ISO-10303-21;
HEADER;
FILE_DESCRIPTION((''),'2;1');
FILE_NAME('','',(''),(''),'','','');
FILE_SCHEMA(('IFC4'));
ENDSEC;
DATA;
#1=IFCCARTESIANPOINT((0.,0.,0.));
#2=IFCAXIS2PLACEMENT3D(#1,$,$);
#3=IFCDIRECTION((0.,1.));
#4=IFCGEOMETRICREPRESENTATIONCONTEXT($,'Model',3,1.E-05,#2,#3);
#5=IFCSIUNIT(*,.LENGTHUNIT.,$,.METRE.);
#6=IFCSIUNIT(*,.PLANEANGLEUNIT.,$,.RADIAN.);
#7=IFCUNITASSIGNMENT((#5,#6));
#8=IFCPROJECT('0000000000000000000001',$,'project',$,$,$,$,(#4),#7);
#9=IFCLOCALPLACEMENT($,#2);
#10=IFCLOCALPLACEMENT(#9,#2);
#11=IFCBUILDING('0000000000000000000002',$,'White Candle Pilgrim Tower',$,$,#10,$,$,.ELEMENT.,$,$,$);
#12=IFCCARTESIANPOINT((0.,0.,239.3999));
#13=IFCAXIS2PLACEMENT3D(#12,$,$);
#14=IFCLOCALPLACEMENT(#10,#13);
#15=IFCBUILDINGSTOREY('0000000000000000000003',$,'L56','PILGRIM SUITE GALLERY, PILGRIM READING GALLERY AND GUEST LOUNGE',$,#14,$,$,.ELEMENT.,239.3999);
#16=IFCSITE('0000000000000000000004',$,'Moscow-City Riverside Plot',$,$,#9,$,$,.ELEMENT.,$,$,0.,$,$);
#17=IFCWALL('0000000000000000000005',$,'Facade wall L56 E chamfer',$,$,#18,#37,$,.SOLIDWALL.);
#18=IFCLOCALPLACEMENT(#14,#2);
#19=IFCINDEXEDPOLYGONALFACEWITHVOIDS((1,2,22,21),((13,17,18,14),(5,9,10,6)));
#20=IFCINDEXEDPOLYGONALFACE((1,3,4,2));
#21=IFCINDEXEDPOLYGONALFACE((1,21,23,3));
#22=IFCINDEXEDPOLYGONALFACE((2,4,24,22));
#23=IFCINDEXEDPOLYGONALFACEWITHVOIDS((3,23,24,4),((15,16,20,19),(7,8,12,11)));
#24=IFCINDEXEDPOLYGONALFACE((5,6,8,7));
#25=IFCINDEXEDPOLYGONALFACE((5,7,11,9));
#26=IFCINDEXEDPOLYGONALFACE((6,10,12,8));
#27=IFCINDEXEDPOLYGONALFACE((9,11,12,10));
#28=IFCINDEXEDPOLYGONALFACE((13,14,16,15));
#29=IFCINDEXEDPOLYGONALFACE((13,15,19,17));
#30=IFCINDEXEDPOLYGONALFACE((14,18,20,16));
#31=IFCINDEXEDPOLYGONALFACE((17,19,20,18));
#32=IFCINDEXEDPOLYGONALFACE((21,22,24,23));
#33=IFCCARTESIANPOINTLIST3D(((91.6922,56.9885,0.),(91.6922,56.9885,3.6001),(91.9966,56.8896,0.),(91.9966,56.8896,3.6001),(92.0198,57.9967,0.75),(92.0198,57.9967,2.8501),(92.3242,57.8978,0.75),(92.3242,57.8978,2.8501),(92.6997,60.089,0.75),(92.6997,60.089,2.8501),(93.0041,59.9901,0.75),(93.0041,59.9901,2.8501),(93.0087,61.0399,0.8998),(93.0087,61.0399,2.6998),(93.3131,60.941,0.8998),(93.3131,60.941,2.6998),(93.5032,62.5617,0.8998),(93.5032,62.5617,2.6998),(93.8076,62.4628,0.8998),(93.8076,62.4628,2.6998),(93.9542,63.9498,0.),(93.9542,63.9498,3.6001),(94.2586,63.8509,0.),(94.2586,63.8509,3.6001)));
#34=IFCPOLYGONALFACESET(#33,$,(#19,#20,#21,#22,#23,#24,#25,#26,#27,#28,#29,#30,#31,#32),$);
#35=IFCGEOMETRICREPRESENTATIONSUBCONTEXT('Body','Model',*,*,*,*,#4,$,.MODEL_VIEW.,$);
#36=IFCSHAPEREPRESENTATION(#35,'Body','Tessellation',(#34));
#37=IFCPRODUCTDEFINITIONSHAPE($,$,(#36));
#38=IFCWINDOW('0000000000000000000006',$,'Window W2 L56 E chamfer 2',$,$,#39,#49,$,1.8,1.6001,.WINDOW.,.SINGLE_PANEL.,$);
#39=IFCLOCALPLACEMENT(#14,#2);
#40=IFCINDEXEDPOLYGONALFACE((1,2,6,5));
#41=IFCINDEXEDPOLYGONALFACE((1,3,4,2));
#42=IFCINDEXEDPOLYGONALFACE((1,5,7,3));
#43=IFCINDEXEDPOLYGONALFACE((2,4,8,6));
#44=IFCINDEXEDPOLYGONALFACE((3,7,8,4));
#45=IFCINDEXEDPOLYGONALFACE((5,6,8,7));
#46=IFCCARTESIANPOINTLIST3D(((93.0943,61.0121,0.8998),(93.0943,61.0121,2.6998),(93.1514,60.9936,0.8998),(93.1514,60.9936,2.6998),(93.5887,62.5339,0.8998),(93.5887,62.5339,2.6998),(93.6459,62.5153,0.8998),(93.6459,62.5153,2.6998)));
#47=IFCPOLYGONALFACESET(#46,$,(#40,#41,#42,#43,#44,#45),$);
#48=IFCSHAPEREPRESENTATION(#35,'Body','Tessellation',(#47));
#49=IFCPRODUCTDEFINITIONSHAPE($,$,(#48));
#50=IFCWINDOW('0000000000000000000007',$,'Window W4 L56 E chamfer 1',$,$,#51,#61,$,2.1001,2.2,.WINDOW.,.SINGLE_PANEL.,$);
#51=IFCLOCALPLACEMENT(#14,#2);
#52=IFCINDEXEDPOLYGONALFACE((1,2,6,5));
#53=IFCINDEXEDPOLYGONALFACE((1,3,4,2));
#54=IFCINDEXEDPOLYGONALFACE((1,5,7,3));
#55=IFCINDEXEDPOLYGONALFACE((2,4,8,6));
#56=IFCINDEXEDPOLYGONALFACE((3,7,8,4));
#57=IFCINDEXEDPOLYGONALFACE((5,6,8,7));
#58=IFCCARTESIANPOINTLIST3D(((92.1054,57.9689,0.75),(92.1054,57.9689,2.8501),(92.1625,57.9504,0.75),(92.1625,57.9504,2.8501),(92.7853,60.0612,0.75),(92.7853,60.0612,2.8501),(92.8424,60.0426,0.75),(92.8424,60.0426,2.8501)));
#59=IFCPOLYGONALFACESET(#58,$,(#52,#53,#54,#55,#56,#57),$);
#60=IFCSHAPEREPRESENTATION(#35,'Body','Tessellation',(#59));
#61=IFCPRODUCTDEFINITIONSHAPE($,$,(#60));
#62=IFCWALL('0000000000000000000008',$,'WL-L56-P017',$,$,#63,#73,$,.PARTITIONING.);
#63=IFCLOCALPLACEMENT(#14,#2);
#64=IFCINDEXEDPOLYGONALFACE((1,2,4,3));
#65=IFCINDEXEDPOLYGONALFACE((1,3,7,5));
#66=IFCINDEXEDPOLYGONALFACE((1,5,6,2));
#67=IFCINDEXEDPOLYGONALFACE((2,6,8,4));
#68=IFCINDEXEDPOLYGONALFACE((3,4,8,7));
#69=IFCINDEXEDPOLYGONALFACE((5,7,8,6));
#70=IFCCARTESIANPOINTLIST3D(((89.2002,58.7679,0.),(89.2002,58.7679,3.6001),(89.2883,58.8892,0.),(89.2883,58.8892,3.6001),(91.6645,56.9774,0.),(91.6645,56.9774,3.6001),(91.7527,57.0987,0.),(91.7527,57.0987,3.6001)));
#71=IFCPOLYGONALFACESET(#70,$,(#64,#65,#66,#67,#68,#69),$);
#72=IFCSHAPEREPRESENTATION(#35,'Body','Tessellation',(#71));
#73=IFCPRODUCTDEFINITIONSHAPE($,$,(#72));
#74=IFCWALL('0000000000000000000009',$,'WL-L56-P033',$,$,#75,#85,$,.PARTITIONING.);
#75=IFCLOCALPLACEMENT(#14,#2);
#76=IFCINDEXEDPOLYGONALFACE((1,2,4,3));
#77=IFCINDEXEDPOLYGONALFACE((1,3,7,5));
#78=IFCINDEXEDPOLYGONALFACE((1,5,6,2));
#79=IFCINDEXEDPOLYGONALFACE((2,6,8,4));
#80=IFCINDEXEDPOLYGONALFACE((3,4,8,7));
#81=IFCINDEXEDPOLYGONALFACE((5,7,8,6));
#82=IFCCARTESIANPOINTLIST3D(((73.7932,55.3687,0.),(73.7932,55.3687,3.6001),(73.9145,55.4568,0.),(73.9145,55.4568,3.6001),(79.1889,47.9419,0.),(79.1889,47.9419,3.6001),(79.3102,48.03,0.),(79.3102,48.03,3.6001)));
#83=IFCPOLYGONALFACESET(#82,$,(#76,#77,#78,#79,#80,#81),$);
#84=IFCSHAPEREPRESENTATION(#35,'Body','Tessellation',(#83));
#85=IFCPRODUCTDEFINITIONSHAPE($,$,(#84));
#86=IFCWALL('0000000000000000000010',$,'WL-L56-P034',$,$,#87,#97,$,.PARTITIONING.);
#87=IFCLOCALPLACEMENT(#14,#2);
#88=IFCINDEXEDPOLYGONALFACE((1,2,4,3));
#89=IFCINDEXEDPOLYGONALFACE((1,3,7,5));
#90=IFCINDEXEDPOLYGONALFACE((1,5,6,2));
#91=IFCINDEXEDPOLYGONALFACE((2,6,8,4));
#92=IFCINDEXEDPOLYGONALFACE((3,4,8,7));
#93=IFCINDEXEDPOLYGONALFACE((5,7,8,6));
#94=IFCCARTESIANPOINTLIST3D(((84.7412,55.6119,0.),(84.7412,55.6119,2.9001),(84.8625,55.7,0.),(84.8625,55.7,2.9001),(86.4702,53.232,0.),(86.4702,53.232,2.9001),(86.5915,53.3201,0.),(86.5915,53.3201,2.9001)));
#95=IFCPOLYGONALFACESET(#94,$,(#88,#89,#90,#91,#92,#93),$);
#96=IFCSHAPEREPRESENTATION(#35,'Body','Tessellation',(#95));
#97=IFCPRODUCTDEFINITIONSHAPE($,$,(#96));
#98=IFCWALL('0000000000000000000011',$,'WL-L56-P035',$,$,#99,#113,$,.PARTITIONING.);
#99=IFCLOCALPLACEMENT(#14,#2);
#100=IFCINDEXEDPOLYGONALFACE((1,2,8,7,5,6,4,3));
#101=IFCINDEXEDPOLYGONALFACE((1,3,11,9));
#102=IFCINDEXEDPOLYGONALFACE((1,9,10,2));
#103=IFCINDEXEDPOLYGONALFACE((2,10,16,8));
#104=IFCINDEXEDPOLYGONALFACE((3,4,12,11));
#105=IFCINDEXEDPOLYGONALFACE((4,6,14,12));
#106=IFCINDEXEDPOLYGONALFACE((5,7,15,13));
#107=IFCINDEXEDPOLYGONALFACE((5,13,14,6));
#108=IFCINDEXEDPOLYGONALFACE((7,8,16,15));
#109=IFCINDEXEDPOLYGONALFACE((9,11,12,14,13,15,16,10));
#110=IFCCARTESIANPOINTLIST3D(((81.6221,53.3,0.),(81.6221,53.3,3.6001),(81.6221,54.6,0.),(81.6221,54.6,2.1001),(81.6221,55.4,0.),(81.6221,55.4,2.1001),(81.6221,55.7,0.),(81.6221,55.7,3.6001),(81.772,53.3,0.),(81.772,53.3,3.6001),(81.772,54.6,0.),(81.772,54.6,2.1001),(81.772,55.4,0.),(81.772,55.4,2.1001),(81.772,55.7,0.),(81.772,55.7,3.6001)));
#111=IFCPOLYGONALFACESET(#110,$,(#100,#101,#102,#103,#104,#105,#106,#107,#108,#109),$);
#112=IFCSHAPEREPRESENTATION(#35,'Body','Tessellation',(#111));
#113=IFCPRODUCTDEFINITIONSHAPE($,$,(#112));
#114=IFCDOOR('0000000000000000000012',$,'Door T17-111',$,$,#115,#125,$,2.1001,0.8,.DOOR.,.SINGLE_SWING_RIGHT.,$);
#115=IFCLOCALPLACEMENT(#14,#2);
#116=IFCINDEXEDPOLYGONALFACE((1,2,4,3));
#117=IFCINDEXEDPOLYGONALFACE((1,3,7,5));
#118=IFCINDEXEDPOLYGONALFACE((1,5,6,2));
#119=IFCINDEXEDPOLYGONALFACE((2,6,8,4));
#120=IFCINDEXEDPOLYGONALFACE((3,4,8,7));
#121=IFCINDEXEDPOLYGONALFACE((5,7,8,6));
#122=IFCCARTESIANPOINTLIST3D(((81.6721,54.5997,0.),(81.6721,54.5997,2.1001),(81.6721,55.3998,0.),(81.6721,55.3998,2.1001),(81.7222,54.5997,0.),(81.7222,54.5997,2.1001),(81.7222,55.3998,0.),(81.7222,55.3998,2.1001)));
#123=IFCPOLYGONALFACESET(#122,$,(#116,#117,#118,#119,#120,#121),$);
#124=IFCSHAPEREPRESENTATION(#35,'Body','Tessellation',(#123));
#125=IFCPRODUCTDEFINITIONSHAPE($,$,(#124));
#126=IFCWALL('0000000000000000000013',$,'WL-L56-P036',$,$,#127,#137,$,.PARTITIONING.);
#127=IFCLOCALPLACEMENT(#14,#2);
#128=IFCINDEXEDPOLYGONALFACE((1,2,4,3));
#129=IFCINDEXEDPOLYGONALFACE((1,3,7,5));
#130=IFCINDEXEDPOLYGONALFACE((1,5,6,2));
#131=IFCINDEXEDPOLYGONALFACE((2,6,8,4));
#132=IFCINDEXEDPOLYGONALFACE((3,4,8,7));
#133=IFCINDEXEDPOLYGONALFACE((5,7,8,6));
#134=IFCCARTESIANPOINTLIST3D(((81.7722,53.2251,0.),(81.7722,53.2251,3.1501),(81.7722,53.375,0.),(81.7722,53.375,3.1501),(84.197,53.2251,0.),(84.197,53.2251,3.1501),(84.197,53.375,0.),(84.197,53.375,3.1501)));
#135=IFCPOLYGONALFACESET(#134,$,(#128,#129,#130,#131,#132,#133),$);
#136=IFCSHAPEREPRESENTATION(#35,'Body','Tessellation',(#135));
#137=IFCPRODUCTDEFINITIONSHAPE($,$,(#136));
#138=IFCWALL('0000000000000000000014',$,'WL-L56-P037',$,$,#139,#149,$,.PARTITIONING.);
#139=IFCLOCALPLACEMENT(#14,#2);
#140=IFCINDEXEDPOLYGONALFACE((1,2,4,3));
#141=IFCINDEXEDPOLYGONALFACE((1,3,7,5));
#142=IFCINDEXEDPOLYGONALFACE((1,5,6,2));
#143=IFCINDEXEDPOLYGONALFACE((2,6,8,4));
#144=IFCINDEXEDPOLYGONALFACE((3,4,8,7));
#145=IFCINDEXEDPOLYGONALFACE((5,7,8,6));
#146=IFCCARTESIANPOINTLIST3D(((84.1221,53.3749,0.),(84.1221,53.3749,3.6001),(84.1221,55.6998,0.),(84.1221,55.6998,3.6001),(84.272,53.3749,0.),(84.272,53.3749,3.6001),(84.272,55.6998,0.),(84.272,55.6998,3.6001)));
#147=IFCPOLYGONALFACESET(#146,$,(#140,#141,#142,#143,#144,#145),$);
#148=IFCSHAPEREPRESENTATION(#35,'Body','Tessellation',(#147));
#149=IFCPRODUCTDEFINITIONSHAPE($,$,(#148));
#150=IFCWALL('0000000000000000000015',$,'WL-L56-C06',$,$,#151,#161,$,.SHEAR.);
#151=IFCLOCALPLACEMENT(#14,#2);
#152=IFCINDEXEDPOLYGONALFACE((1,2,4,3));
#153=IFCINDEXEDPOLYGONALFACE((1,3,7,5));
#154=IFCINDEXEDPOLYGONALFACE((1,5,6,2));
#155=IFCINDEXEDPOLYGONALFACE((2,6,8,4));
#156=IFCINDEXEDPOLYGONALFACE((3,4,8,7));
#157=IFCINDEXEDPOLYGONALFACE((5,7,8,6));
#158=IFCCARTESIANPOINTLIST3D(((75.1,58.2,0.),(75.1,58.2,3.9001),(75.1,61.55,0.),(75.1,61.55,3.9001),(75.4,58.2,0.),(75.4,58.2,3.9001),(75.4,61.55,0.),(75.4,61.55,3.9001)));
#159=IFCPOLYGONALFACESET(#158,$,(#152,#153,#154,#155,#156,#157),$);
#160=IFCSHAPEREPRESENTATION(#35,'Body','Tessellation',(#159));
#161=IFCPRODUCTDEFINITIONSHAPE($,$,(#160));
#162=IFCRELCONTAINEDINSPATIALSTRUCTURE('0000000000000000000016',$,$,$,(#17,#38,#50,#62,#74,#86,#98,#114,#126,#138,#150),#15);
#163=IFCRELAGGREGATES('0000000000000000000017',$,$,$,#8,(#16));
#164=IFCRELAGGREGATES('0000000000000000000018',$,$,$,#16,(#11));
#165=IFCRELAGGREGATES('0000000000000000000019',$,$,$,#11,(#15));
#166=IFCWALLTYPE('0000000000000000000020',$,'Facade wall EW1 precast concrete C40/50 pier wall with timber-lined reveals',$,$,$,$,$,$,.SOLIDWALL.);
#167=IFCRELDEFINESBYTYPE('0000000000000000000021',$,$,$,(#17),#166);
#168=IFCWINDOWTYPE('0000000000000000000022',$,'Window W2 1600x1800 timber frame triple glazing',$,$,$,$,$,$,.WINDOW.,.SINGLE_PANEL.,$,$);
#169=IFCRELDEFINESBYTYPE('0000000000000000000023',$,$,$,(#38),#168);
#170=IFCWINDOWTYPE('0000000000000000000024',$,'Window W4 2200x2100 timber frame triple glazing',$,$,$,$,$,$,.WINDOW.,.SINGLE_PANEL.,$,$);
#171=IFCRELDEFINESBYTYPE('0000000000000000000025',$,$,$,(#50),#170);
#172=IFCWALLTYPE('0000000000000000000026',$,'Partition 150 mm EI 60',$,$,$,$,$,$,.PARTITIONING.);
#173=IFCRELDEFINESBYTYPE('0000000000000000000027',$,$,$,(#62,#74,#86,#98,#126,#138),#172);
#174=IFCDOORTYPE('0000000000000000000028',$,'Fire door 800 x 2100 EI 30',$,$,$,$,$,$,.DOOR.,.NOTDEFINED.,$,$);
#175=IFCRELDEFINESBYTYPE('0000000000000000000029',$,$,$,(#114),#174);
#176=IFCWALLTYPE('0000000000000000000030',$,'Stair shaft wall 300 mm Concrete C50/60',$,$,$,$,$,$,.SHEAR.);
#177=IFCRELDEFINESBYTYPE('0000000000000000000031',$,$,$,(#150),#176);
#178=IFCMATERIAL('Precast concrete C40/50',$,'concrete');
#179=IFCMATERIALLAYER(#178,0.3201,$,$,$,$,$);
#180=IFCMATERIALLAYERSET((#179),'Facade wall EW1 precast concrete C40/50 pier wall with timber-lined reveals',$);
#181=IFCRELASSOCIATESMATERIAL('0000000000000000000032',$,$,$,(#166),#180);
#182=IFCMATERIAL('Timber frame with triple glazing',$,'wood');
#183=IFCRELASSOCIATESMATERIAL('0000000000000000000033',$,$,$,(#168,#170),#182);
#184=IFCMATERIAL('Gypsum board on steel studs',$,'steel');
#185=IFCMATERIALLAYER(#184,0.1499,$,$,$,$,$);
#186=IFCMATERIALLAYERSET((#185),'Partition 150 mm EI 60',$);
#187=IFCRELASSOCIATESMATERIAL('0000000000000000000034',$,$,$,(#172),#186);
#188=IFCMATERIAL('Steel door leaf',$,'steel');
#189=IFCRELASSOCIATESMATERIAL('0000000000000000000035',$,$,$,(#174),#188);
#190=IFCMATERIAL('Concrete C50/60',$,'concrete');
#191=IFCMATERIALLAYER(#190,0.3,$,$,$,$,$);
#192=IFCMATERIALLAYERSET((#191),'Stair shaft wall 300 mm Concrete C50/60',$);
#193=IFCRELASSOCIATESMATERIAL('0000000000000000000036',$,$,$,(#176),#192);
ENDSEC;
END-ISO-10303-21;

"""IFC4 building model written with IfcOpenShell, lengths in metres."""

from ifc_helpers import new_model, si_unit, direction, frame, frame_2d, origin, place, context, subcontext, project, spatial, rectangle, extrude, material, layer, layer_set, type_object, element, fill, save


model = new_model("IFC4")

# Units and contexts
model_context = context("Model", 3, precision=1e-05, world=origin(), true_north=direction((0.0, 1.0)))
body_context = subcontext(model_context, "Body", "Model", "MODEL_VIEW")
ifc_project = project(units=[si_unit("LENGTHUNIT", "METRE"), si_unit("PLANEANGLEUNIT", "RADIAN")], contexts=[model_context])

# Site, building, storey
site_placement = place(None, origin())
site = spatial("IfcSite", under=ifc_project, at=site_placement, Name="Moscow-City Riverside Plot", CompositionType="ELEMENT", RefElevation=0.0)
building_placement = place(site_placement, origin())
building = spatial("IfcBuilding", under=site, at=building_placement, Name="White Candle Pilgrim Tower", CompositionType="ELEMENT")
storey_placement = place(building_placement, frame((0.0, 0.0, 239.3999)))
storey = spatial("IfcBuildingStorey", under=building, at=storey_placement, Name="L56", Description="PILGRIM SUITE GALLERY, PILGRIM READING GALLERY AND GUEST LOUNGE", CompositionType="ELEMENT", Elevation=239.3999)

# Shared definitions
ifc_material_1 = material(Name="Concrete C50/60", Category="concrete")

# Shared definitions
ifc_material_2 = material(Name="Gypsum board on steel studs", Category="steel")
ifc_material_3 = material(Name="Steel door leaf", Category="steel")

# Wall, openings, windows
ifc_material_4 = material(Name="Precast concrete C40/50", Category="concrete")
ifc_layer_1 = layer(ifc_material_4, 0.3201)
ifc_layer_set_1 = layer_set([ifc_layer_1], Name="Facade wall EW1 precast concrete C40/50 pier wall with timber-lined reveals")
wall_type_1 = type_object("IfcWallType", Name="Facade wall EW1 precast concrete C40/50 pier wall with timber-lined reveals", PredefinedType="SOLIDWALL", material=ifc_layer_set_1)
wall_1_placement = place(storey_placement, frame((91.8445, 56.9392, 0.0), z_axis=(0.0, 0.0, 1.0), x_axis=(0.309034, 0.951051, 0.0)))
wall_1 = element("IfcWall", 1, at=wall_1_placement, inside=storey, type_object=wall_type_1, Name="Facade wall L56 E chamfer", PredefinedType="SOLIDWALL", context=body_context, shape_type="SweptSolid", body=[
    extrude(rectangle(XDim=7.3196, YDim=0.3201, at=frame_2d((3.6597, 0.0))), origin(), (0.0, 0.0, 1.0), 3.6001),
])
opening_1_placement = place(wall_1_placement, frame((1.0598, 0.0, 0.75)))
opening_1 = element("IfcOpeningElement", 2, at=opening_1_placement, cuts=wall_1, PredefinedType="OPENING", context=body_context, shape_type="SweptSolid", body=[
    extrude(rectangle(XDim=2.2, YDim=2.1001, at=frame_2d((1.1001, 1.05))), frame((0.0, 0.1699, 0.0), z_axis=(0.0, -1.0, 0.0), x_axis=(1.0, 0.0, 0.0)), (0.0, 0.0, 1.0), 0.3401),
])
opening_2_placement = place(wall_1_placement, frame((4.2598, 0.0, 0.8999)))
opening_2 = element("IfcOpeningElement", 3, at=opening_2_placement, cuts=wall_1, PredefinedType="OPENING", context=body_context, shape_type="SweptSolid", body=[
    extrude(rectangle(XDim=1.6001, YDim=1.8, at=frame_2d((0.8, 0.8999))), frame((0.0, 0.1699, 0.0), z_axis=(0.0, -1.0, 0.0), x_axis=(1.0, 0.0, 0.0)), (0.0, 0.0, 1.0), 0.3401),
])
ifc_material_5 = material(Name="Timber frame with triple glazing", Category="wood")
window_type_1 = type_object("IfcWindowType", Name="Window W2 1600x1800 timber frame triple glazing", PartitioningType="SINGLE_PANEL", PredefinedType="WINDOW", material=ifc_material_5)
window_1_placement = place(opening_2_placement, origin())
window_1 = element("IfcWindow", 4, at=window_1_placement, inside=storey, type_object=window_type_1, Name="Window W2 L56 E chamfer 2", OverallHeight=1.8, OverallWidth=1.6001, PartitioningType="SINGLE_PANEL", PredefinedType="WINDOW", context=body_context, shape_type="SweptSolid", body=[
    extrude(rectangle(XDim=1.6001, YDim=1.8, at=frame_2d((0.8, 0.8999))), frame((0.0, 0.0701, 0.0), z_axis=(0.0, -1.0, 0.0), x_axis=(1.0, 0.0, 0.0)), (0.0, 0.0, 1.0), 0.0601),
])
fill(opening_2, window_1)
window_type_2 = type_object("IfcWindowType", Name="Window W4 2200x2100 timber frame triple glazing", PartitioningType="SINGLE_PANEL", PredefinedType="WINDOW", material=ifc_material_5)
window_2_placement = place(opening_1_placement, origin())
window_2 = element("IfcWindow", 5, at=window_2_placement, inside=storey, type_object=window_type_2, Name="Window W4 L56 E chamfer 1", OverallHeight=2.1001, OverallWidth=2.2, PartitioningType="SINGLE_PANEL", PredefinedType="WINDOW", context=body_context, shape_type="SweptSolid", body=[
    extrude(rectangle(XDim=2.2, YDim=2.1001, at=frame_2d((1.1001, 1.05))), frame((0.0, 0.0701, 0.0), z_axis=(0.0, -1.0, 0.0), x_axis=(1.0, 0.0, 0.0)), (0.0, 0.0, 1.0), 0.0601),
])
fill(opening_1, window_2)

# Walls
ifc_layer_2 = layer(ifc_material_2, 0.1499)
ifc_layer_set_2 = layer_set([ifc_layer_2], Name="Partition 150 mm EI 60")
wall_type_2 = type_object("IfcWallType", Name="Partition 150 mm EI 60", PredefinedType="PARTITIONING", material=ifc_layer_set_2)
wall_2_placement = place(storey_placement, frame((91.7085, 57.0381, 0.0), z_axis=(0.0, 0.0, 1.0), x_axis=(-0.809006, 0.5878, 0.0)))
element("IfcWall", 6, at=wall_2_placement, inside=storey, type_object=wall_type_2, Name="WL-L56-P017", PredefinedType="PARTITIONING", context=body_context, shape_type="SweptSolid", body=[
    extrude(rectangle(XDim=3.0461, YDim=0.1499, at=frame_2d((1.5229, 0.0))), origin(), (0.0, 0.0, 1.0), 3.6001),
])
wall_3_placement = place(storey_placement, frame((79.2495, 47.9861, 0.0), z_axis=(0.0, 0.0, 1.0), x_axis=(-0.587778, 0.809022, 0.0)))
element("IfcWall", 7, at=wall_3_placement, inside=storey, type_object=wall_type_2, Name="WL-L56-P033", PredefinedType="PARTITIONING", context=body_context, shape_type="SweptSolid", body=[
    extrude(rectangle(XDim=9.1799, YDim=0.1499, at=frame_2d((4.5898, 0.0))), origin(), (0.0, 0.0, 1.0), 3.6001),
])
wall_4_placement = place(storey_placement, frame((86.5308, 53.2761, 0.0), z_axis=(0.0, 0.0, 1.0), x_axis=(-0.587767, 0.80903, 0.0)))
element("IfcWall", 8, at=wall_4_placement, inside=storey, type_object=wall_type_2, Name="WL-L56-P034", PredefinedType="PARTITIONING", context=body_context, shape_type="SweptSolid", body=[
    extrude(rectangle(XDim=2.9417, YDim=0.1499, at=frame_2d((1.4707, 0.0))), origin(), (0.0, 0.0, 1.0), 2.9001),
])

# Wall, opening, door
wall_5_placement = place(storey_placement, frame((81.697, 55.7, 0.0), z_axis=(0.0, 0.0, 1.0), x_axis=(0.0, -1.0, 0.0)))
wall_5 = element("IfcWall", 9, at=wall_5_placement, inside=storey, type_object=wall_type_2, Name="WL-L56-P035", PredefinedType="PARTITIONING", context=body_context, shape_type="SweptSolid", body=[
    extrude(rectangle(XDim=2.3999, YDim=0.1499, at=frame_2d((1.2, 0.0))), origin(), (0.0, 0.0, 1.0), 3.6001),
])
opening_3_placement = place(wall_5_placement, frame((0.3, 0.0, 0.0)))
opening_3 = element("IfcOpeningElement", 10, at=opening_3_placement, cuts=wall_5, PredefinedType="OPENING", context=body_context, shape_type="SweptSolid", body=[
    extrude(rectangle(XDim=0.8, YDim=2.1001, at=frame_2d((0.3999, 1.05))), frame((0.0, 0.085, 0.0), z_axis=(0.0, -1.0, 0.0), x_axis=(1.0, 0.0, 0.0)), (0.0, 0.0, 1.0), 0.1699),
])
door_type_1 = type_object("IfcDoorType", Name="Fire door 800 x 2100 EI 30", OperationType="NOTDEFINED", PredefinedType="DOOR", material=ifc_material_3)
door_1_placement = place(opening_3_placement, frame((0.8, 0.0, 0.0), z_axis=(0.0, 0.0, 1.0), x_axis=(-1.0, 0.0, 0.0)))
door_1 = element("IfcDoor", 11, at=door_1_placement, inside=storey, type_object=door_type_1, Name="Door T17-111", OperationType="SINGLE_SWING_RIGHT", OverallHeight=2.1001, OverallWidth=0.8, PredefinedType="DOOR", context=body_context, shape_type="SweptSolid", body=[
    extrude(rectangle(XDim=0.8, YDim=2.1001, at=frame_2d((0.3999, 1.05))), frame((0.0, 0.0249, 0.0), z_axis=(0.0, -1.0, 0.0), x_axis=(1.0, 0.0, 0.0)), (0.0, 0.0, 1.0), 0.05),
])
fill(opening_3, door_1)

# Walls
wall_6_placement = place(storey_placement, frame((84.197, 53.3, 0.0), z_axis=(0.0, 0.0, 1.0), x_axis=(-1.0, 0.0, 0.0)))
element("IfcWall", 12, at=wall_6_placement, inside=storey, type_object=wall_type_2, Name="WL-L56-P036", PredefinedType="PARTITIONING", context=body_context, shape_type="SweptSolid", body=[
    extrude(rectangle(XDim=2.4248, YDim=0.1499, at=frame_2d((1.2124, 0.0))), origin(), (0.0, 0.0, 1.0), 3.1501),
])
wall_7_placement = place(storey_placement, frame((84.197, 55.7, 0.0), z_axis=(0.0, 0.0, 1.0), x_axis=(0.0, -1.0, 0.0)))
element("IfcWall", 13, at=wall_7_placement, inside=storey, type_object=wall_type_2, Name="WL-L56-P037", PredefinedType="PARTITIONING", context=body_context, shape_type="SweptSolid", body=[
    extrude(rectangle(XDim=2.325, YDim=0.1499, at=frame_2d((1.1626, 0.0))), origin(), (0.0, 0.0, 1.0), 3.6001),
])
ifc_layer_3 = layer(ifc_material_1, 0.3)
ifc_layer_set_3 = layer_set([ifc_layer_3], Name="Stair shaft wall 300 mm Concrete C50/60")
wall_type_3 = type_object("IfcWallType", Name="Stair shaft wall 300 mm Concrete C50/60", PredefinedType="SHEAR", material=ifc_layer_set_3)
wall_8_placement = place(storey_placement, frame((75.25, 58.2, 0.0), z_axis=(0.0, 0.0, 1.0), x_axis=(0.0, 1.0, 0.0)))
element("IfcWall", 14, at=wall_8_placement, inside=storey, type_object=wall_type_3, Name="WL-L56-C06", PredefinedType="SHEAR", context=body_context, shape_type="SweptSolid", body=[
    extrude(rectangle(XDim=3.3501, YDim=0.3, at=frame_2d((1.675, 0.0))), origin(), (0.0, 0.0, 1.0), 3.9001),
])

save(model, "model.ifc")
